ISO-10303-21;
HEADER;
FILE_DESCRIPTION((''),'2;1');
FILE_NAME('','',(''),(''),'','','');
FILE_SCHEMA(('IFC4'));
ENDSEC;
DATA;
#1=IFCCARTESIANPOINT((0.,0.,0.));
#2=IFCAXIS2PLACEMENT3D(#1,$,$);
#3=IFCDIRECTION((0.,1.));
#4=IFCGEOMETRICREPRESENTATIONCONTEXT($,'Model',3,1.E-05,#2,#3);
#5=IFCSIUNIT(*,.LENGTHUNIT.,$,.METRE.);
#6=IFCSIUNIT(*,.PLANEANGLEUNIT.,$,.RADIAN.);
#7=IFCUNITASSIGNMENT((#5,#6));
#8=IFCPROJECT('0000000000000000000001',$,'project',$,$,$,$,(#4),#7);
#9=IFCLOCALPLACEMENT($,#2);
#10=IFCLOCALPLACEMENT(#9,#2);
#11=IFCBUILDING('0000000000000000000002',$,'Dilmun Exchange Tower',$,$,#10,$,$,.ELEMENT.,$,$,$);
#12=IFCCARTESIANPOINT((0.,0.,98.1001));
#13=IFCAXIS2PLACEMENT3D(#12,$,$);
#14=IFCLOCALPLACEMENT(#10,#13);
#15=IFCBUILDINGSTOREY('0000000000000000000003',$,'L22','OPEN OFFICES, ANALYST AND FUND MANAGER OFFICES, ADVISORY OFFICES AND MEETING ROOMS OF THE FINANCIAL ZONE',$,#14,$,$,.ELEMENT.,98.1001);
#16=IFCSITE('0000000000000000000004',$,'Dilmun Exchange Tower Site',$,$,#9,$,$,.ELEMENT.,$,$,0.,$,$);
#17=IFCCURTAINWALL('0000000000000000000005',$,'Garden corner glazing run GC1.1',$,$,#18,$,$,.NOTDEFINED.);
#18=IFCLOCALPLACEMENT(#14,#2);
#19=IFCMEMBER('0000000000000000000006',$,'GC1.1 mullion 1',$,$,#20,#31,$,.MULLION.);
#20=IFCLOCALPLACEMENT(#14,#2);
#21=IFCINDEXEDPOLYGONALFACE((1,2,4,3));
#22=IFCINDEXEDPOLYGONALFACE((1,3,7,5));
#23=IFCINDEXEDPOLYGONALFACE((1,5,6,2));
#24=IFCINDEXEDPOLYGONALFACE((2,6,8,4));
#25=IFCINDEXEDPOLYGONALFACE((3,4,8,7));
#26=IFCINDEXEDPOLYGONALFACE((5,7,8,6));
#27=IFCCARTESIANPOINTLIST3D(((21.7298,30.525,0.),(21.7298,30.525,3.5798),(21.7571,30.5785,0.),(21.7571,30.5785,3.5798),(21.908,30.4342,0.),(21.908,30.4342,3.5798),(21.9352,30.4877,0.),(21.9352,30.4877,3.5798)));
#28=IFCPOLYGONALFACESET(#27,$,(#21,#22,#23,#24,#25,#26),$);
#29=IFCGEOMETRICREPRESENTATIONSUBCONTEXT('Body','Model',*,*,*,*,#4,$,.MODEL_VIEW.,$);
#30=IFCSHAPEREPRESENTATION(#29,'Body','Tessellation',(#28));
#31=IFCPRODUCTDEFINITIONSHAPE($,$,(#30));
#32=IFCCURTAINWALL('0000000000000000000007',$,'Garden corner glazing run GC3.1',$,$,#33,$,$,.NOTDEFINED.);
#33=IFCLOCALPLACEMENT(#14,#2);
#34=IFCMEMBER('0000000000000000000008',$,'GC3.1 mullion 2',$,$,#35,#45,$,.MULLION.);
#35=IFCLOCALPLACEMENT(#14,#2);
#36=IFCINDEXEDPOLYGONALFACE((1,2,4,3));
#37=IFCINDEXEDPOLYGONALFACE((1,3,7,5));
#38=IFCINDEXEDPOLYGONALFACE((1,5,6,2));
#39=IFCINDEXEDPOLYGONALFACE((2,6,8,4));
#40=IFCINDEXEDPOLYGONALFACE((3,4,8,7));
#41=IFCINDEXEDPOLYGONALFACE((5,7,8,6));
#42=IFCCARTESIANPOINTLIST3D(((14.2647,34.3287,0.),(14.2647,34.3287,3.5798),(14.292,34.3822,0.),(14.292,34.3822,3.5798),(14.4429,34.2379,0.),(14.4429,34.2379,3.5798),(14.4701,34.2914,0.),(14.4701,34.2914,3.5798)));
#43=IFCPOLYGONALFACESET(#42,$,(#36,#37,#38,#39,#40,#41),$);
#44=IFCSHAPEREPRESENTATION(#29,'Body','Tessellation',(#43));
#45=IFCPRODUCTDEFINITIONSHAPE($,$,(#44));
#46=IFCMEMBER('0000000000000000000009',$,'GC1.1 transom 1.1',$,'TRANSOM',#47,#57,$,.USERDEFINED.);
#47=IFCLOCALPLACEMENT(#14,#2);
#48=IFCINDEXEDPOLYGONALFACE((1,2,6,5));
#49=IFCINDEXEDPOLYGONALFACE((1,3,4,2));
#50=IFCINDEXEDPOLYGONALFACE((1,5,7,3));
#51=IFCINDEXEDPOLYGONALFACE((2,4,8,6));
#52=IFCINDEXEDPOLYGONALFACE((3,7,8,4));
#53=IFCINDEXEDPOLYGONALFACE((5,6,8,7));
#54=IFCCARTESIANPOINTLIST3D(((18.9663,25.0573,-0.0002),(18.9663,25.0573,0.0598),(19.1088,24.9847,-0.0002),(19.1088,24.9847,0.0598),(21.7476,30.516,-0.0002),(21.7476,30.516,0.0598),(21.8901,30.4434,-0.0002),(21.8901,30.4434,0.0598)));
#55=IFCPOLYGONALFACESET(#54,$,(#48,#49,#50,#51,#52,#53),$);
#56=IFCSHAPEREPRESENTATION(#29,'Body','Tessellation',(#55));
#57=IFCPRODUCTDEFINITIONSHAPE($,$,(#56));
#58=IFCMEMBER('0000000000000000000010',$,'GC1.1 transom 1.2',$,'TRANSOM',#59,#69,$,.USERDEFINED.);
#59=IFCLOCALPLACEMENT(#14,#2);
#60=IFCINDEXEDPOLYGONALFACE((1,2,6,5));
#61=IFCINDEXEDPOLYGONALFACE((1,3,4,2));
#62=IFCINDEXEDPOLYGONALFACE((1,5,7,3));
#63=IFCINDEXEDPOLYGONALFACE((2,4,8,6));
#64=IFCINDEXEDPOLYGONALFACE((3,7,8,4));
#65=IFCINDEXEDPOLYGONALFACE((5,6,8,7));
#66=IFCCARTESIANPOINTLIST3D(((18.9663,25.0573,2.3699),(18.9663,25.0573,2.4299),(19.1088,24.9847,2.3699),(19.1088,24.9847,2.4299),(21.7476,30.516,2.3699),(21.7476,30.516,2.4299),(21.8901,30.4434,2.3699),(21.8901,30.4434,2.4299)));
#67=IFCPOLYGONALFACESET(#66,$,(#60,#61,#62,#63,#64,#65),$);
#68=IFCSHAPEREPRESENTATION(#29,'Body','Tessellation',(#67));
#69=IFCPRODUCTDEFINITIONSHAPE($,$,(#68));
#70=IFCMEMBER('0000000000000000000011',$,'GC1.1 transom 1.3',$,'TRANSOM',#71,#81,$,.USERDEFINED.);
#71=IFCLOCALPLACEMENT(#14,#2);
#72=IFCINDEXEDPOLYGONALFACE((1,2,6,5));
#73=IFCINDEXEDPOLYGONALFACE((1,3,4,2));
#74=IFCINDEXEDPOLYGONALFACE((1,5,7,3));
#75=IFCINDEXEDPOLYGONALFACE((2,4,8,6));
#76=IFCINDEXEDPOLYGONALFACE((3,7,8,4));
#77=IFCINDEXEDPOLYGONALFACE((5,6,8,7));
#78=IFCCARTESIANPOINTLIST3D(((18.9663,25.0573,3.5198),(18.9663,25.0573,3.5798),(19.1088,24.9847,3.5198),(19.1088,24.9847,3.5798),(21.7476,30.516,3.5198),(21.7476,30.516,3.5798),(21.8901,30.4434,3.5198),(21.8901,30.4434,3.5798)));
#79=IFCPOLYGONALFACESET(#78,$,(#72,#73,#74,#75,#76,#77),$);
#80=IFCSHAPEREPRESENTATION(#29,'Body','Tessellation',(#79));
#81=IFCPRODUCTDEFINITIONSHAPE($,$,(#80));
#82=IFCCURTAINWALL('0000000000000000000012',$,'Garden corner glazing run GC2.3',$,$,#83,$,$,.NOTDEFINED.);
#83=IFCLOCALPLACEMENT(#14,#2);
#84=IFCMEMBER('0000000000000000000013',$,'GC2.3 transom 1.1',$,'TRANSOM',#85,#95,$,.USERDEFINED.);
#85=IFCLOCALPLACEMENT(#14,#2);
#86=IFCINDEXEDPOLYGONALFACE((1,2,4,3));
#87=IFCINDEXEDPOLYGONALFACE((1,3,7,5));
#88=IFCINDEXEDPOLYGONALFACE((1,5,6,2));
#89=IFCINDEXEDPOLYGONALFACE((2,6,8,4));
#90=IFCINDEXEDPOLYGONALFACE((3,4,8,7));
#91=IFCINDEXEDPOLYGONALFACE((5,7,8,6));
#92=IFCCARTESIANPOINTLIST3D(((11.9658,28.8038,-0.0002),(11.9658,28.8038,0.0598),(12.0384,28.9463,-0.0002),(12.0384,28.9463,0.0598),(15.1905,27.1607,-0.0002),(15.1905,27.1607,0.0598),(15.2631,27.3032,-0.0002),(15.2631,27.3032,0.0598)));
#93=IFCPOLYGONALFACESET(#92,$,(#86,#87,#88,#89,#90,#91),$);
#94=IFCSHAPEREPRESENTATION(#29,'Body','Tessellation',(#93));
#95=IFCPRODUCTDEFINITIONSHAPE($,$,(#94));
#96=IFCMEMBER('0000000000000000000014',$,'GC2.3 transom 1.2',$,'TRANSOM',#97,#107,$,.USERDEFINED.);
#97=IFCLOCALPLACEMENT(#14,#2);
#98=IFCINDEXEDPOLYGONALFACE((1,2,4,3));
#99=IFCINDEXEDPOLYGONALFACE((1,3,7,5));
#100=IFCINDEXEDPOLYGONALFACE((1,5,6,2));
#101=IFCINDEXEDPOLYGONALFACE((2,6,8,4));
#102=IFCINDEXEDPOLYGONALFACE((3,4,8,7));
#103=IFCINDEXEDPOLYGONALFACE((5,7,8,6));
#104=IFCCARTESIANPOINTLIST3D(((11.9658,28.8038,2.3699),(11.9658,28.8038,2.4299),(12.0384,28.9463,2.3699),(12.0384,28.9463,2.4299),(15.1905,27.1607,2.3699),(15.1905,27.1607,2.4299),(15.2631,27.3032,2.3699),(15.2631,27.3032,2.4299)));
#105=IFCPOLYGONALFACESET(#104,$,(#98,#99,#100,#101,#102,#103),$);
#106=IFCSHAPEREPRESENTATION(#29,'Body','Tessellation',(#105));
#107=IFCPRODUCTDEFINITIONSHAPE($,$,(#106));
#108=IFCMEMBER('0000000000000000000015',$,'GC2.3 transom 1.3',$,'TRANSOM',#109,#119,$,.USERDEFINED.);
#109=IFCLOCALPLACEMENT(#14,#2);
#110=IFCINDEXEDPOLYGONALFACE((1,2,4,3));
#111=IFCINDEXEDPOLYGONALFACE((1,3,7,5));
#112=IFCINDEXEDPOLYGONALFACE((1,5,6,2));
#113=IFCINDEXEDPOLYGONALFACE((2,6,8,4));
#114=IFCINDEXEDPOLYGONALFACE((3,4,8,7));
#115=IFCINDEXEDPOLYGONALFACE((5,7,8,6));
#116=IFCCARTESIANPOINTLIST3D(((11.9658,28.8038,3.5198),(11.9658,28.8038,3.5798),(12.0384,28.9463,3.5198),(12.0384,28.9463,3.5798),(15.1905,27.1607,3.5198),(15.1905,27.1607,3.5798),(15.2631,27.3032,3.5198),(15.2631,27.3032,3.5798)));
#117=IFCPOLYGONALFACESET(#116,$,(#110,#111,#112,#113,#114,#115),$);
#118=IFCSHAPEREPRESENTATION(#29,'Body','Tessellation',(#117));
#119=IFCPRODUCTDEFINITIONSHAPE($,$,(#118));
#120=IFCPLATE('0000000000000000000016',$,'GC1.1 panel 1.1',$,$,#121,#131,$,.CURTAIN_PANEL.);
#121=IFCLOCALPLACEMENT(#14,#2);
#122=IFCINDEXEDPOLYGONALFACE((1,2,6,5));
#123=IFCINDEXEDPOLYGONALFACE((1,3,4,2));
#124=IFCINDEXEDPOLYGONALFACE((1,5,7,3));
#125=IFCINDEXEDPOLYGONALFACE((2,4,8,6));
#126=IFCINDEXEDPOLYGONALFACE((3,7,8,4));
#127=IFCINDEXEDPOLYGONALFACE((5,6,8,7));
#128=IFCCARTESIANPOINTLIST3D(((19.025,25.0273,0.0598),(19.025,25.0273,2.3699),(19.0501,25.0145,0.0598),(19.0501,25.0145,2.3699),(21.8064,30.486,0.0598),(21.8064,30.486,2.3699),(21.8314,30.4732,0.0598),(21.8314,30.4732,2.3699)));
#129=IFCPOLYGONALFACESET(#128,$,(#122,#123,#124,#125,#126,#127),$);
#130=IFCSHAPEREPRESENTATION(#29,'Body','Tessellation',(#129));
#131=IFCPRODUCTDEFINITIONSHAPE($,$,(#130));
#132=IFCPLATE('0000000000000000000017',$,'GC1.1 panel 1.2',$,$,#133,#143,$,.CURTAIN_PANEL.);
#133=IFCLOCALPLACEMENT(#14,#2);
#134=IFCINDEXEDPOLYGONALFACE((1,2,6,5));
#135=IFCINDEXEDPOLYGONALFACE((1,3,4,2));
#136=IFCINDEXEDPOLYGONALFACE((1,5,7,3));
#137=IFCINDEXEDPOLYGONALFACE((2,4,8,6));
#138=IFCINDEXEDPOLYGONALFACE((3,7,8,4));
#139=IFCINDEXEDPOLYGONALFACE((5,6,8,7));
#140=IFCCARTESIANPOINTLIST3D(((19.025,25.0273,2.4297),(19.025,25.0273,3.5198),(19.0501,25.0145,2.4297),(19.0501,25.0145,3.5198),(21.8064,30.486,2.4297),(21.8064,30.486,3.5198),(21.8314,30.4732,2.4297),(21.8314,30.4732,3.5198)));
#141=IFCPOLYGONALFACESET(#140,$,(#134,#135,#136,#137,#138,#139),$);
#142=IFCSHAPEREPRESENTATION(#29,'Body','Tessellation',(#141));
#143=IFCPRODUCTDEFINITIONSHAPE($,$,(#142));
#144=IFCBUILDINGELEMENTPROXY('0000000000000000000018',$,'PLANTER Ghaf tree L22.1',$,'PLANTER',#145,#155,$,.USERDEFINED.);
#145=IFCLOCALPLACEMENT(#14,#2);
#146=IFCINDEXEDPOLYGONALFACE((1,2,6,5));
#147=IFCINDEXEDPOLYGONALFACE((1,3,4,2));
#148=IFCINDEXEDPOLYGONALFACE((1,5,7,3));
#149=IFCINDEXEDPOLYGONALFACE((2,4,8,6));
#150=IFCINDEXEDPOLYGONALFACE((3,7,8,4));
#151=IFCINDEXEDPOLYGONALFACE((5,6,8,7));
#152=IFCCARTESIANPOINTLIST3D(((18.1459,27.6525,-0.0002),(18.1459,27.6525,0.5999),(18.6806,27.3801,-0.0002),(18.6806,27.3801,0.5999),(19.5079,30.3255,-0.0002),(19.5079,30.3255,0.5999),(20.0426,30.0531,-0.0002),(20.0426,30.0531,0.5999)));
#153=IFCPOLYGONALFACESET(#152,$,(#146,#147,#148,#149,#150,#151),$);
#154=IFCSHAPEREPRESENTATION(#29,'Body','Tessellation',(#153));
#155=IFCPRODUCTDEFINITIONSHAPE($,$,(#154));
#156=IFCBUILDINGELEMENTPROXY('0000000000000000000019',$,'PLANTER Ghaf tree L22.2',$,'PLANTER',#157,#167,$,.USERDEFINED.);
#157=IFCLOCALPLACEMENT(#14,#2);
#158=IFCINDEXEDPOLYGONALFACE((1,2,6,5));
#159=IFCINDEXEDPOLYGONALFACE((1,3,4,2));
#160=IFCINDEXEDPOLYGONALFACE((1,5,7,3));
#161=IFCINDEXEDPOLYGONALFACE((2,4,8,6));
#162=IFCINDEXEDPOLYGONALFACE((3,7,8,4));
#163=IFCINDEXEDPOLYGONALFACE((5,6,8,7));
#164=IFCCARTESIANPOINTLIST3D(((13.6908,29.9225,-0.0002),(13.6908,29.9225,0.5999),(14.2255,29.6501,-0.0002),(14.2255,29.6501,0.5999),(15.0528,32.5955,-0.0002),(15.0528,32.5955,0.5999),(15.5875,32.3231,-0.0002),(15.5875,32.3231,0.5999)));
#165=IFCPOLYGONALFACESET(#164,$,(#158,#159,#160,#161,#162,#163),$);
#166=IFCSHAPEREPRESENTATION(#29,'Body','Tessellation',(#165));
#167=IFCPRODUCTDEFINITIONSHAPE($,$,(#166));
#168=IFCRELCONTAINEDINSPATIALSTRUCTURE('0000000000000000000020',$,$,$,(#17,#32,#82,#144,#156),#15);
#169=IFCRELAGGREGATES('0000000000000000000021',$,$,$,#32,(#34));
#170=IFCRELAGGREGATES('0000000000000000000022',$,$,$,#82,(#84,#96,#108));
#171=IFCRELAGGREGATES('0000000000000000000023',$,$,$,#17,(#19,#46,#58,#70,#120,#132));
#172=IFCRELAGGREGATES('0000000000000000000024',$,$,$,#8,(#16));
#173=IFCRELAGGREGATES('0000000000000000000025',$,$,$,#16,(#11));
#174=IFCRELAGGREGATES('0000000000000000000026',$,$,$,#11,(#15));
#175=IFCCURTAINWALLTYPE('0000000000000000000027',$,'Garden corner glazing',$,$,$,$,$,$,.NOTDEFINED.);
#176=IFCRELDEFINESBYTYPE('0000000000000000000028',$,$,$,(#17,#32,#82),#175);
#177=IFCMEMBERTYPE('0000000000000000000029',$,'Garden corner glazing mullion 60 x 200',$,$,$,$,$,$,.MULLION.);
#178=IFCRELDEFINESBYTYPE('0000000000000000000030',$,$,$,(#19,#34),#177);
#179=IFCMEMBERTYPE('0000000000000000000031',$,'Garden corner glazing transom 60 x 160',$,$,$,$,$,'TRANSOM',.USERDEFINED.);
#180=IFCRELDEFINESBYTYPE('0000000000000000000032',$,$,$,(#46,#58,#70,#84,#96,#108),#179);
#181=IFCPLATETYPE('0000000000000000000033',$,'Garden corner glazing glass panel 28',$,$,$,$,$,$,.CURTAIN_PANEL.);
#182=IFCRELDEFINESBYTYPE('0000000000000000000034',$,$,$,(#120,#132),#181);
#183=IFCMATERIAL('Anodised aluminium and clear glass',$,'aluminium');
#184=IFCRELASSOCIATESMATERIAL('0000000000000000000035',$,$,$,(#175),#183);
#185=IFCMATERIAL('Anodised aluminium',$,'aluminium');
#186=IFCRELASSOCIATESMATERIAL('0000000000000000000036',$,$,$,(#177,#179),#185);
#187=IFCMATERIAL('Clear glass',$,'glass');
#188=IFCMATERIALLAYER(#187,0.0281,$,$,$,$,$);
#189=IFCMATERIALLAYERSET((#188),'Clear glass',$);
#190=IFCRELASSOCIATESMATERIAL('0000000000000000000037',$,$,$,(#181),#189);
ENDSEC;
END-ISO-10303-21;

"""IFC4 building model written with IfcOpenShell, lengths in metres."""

from ifc_helpers import new_model, si_unit, direction, frame, origin, origin_2d, place, context, subcontext, project, spatial, rectangle, extrude, material, layer, layer_set, material_profile, profile_set, type_object, element, aggregate, save


model = new_model("IFC4")

# Units and contexts
model_context = context("Model", 3, precision=1e-05, world=origin(), true_north=direction((0.0, 1.0)))
body_context = subcontext(model_context, "Body", "Model", "MODEL_VIEW")
ifc_project = project(units=[si_unit("LENGTHUNIT", "METRE"), si_unit("PLANEANGLEUNIT", "RADIAN")], contexts=[model_context])

# Site, building, storey
site_placement = place(None, origin())
site = spatial("IfcSite", under=ifc_project, at=site_placement, Name="Dilmun Exchange Tower Site", CompositionType="ELEMENT", RefElevation=0.0)
building_placement = place(site_placement, origin())
building = spatial("IfcBuilding", under=site, at=building_placement, Name="Dilmun Exchange Tower", CompositionType="ELEMENT")
storey_placement = place(building_placement, frame((0.0, 0.0, 98.1001)))
storey = spatial("IfcBuildingStorey", under=building, at=storey_placement, Name="L22", Description="OPEN OFFICES, ANALYST AND FUND MANAGER OFFICES, ADVISORY OFFICES AND MEETING ROOMS OF THE FINANCIAL ZONE", CompositionType="ELEMENT", Elevation=98.1001)

# Curtain walls, members
ifc_material_1 = material(Name="Anodised aluminium and clear glass", Category="aluminium")
curtain_wall_type = type_object("IfcCurtainWallType", Name="Garden corner glazing", PredefinedType="NOTDEFINED", material=ifc_material_1)
curtain_wall_1_placement = place(storey_placement, origin())
curtain_wall_1 = element("IfcCurtainWall", 1, at=curtain_wall_1_placement, inside=storey, type_object=curtain_wall_type, Name="Garden corner glazing run GC1.1", PredefinedType="NOTDEFINED")
ifc_material_2 = material(Name="Anodised aluminium", Category="aluminium")
ifc_material_profile_1 = material_profile(ifc_material_2, rectangle(XDim=0.2, YDim=0.0601, at=origin_2d()), Name="AL 60x200")
ifc_profile_set_1 = profile_set([ifc_material_profile_1], Name="Anodised aluminium")
member_type_1 = type_object("IfcMemberType", Name="Garden corner glazing mullion 60 x 200", PredefinedType="MULLION", material=ifc_profile_set_1)
member_1_placement = place(storey_placement, frame((21.8325, 30.5063, 0.0), z_axis=(0.0, 0.0, 1.0), x_axis=(0.891007, -0.453989, 0.0)))
member_1 = element("IfcMember", 2, at=member_1_placement, type_object=member_type_1, Name="GC1.1 mullion 1", PredefinedType="MULLION", context=body_context, shape_type="SweptSolid", body=[
    extrude(rectangle(XDim=0.2, YDim=0.0601, at=origin_2d()), origin(), (0.0, 0.0, 1.0), 3.5798),
])
curtain_wall_2_placement = place(storey_placement, origin())
curtain_wall_2 = element("IfcCurtainWall", 3, at=curtain_wall_2_placement, inside=storey, type_object=curtain_wall_type, Name="Garden corner glazing run GC3.1", PredefinedType="NOTDEFINED")
member_2_placement = place(storey_placement, frame((14.3674, 34.3101, 0.0), z_axis=(0.0, 0.0, 1.0), x_axis=(-0.891007, 0.453989, 0.0)))
member_2 = element("IfcMember", 4, at=member_2_placement, type_object=member_type_1, Name="GC3.1 mullion 2", PredefinedType="MULLION", context=body_context, shape_type="SweptSolid", body=[
    extrude(rectangle(XDim=0.2, YDim=0.0601, at=origin_2d()), origin(), (0.0, 0.0, 1.0), 3.5798),
])
aggregate(curtain_wall_2, [member_2])

# Members
ifc_material_profile_2 = material_profile(ifc_material_2, rectangle(XDim=0.1599, YDim=0.0601, at=origin_2d()), Name="AL 60x160")
ifc_profile_set_2 = profile_set([ifc_material_profile_2], Name="Anodised aluminium")
member_type_2 = type_object("IfcMemberType", Name="Garden corner glazing transom 60 x 160", ElementType="TRANSOM", PredefinedType="USERDEFINED", material=ifc_profile_set_2)
member_3_placement = place(storey_placement, frame((21.8188, 30.4797, 0.0298), z_axis=(-0.453975, -0.891014, 0.0), x_axis=(0.891014, -0.453975, 0.0)))
member_3 = element("IfcMember", 5, at=member_3_placement, type_object=member_type_2, Name="GC1.1 transom 1.1", ObjectType="TRANSOM", PredefinedType="USERDEFINED", context=body_context, shape_type="SweptSolid", body=[
    extrude(rectangle(XDim=0.1599, YDim=0.0601, at=origin_2d()), origin(), (0.0, 0.0, 1.0), 6.1265),
])
member_4_placement = place(storey_placement, frame((21.8188, 30.4797, 2.3999), z_axis=(-0.453975, -0.891014, 0.0), x_axis=(0.891014, -0.453975, 0.0)))
member_4 = element("IfcMember", 6, at=member_4_placement, type_object=member_type_2, Name="GC1.1 transom 1.2", ObjectType="TRANSOM", PredefinedType="USERDEFINED", context=body_context, shape_type="SweptSolid", body=[
    extrude(rectangle(XDim=0.1599, YDim=0.0601, at=origin_2d()), origin(), (0.0, 0.0, 1.0), 6.1265),
])
member_5_placement = place(storey_placement, frame((21.8188, 30.4797, 3.5498), z_axis=(-0.453975, -0.891014, 0.0), x_axis=(0.891014, -0.453975, 0.0)))
member_5 = element("IfcMember", 7, at=member_5_placement, type_object=member_type_2, Name="GC1.1 transom 1.3", ObjectType="TRANSOM", PredefinedType="USERDEFINED", context=body_context, shape_type="SweptSolid", body=[
    extrude(rectangle(XDim=0.1599, YDim=0.0601, at=origin_2d()), origin(), (0.0, 0.0, 1.0), 6.1265),
])

# Curtain wall, members
curtain_wall_3_placement = place(storey_placement, origin())
curtain_wall_3 = element("IfcCurtainWall", 8, at=curtain_wall_3_placement, inside=storey, type_object=curtain_wall_type, Name="Garden corner glazing run GC2.3", PredefinedType="NOTDEFINED")
member_6_placement = place(storey_placement, frame((15.2268, 27.2319, 0.0298), z_axis=(-0.891001, 0.454001, 0.0), x_axis=(-0.454001, -0.891001, 0.0)))
member_6 = element("IfcMember", 9, at=member_6_placement, type_object=member_type_2, Name="GC2.3 transom 1.1", ObjectType="TRANSOM", PredefinedType="USERDEFINED", context=body_context, shape_type="SweptSolid", body=[
    extrude(rectangle(XDim=0.1599, YDim=0.0601, at=origin_2d()), origin(), (0.0, 0.0, 1.0), 3.6191),
])
member_7_placement = place(storey_placement, frame((15.2268, 27.2319, 2.3999), z_axis=(-0.891001, 0.454001, 0.0), x_axis=(-0.454001, -0.891001, 0.0)))
member_7 = element("IfcMember", 10, at=member_7_placement, type_object=member_type_2, Name="GC2.3 transom 1.2", ObjectType="TRANSOM", PredefinedType="USERDEFINED", context=body_context, shape_type="SweptSolid", body=[
    extrude(rectangle(XDim=0.1599, YDim=0.0601, at=origin_2d()), origin(), (0.0, 0.0, 1.0), 3.6191),
])
member_8_placement = place(storey_placement, frame((15.2268, 27.2319, 3.5498), z_axis=(-0.891001, 0.454001, 0.0), x_axis=(-0.454001, -0.891001, 0.0)))
member_8 = element("IfcMember", 11, at=member_8_placement, type_object=member_type_2, Name="GC2.3 transom 1.3", ObjectType="TRANSOM", PredefinedType="USERDEFINED", context=body_context, shape_type="SweptSolid", body=[
    extrude(rectangle(XDim=0.1599, YDim=0.0601, at=origin_2d()), origin(), (0.0, 0.0, 1.0), 3.6191),
])
aggregate(curtain_wall_3, [member_6, member_7, member_8])

# Plates
ifc_material_3 = material(Name="Clear glass", Category="glass")
ifc_layer_1 = layer(ifc_material_3, 0.0281)
ifc_layer_set_1 = layer_set([ifc_layer_1], Name="Clear glass")
plate_type = type_object("IfcPlateType", Name="Garden corner glazing glass panel 28", PredefinedType="CURTAIN_PANEL", material=ifc_layer_set_1)
plate_1_placement = place(storey_placement, frame((20.4282, 27.7502, 0.0598), z_axis=(0.0, 0.0, 1.0), x_axis=(-0.453989, -0.891007, 0.0)))
plate_1 = element("IfcPlate", 12, at=plate_1_placement, type_object=plate_type, Name="GC1.1 panel 1.1", PredefinedType="CURTAIN_PANEL", context=body_context, shape_type="SweptSolid", body=[
    extrude(rectangle(XDim=6.1265, YDim=0.0281, at=origin_2d()), origin(), (0.0, 0.0, 1.0), 2.3101),
])
plate_2_placement = place(storey_placement, frame((20.4282, 27.7502, 2.4297), z_axis=(0.0, 0.0, 1.0), x_axis=(-0.453989, -0.891007, 0.0)))
plate_2 = element("IfcPlate", 13, at=plate_2_placement, type_object=plate_type, Name="GC1.1 panel 1.2", PredefinedType="CURTAIN_PANEL", context=body_context, shape_type="SweptSolid", body=[
    extrude(rectangle(XDim=6.1265, YDim=0.0281, at=origin_2d()), origin(), (0.0, 0.0, 1.0), 1.0901),
])
aggregate(curtain_wall_1, [member_1, member_3, member_4, member_5, plate_1, plate_2])

# Building element proxies
for number, where, z_axis, x_axis, name in (
    (14, (19.0942, 28.8528, -0.0002), (0.0, 0.0, 1.0), (0.45399, 0.891007, 0.0), "PLANTER Ghaf tree L22.1"),
    (15, (14.6392, 31.1228, -0.0002), (0.0, 0.0, 1.0), (0.45399, 0.891007, 0.0), "PLANTER Ghaf tree L22.2"),
):
    element("IfcBuildingElementProxy", number, at=place(storey_placement, frame(where, z_axis=z_axis, x_axis=x_axis)), inside=storey, Name=name, ObjectType="PLANTER", PredefinedType="USERDEFINED", context=body_context, shape_type="SweptSolid", body=[
        extrude(rectangle(XDim=3.0, YDim=0.6001, at=origin_2d()), origin(), (0.0, 0.0, 1.0), 0.6001),
    ])

save(model, "model.ifc")
